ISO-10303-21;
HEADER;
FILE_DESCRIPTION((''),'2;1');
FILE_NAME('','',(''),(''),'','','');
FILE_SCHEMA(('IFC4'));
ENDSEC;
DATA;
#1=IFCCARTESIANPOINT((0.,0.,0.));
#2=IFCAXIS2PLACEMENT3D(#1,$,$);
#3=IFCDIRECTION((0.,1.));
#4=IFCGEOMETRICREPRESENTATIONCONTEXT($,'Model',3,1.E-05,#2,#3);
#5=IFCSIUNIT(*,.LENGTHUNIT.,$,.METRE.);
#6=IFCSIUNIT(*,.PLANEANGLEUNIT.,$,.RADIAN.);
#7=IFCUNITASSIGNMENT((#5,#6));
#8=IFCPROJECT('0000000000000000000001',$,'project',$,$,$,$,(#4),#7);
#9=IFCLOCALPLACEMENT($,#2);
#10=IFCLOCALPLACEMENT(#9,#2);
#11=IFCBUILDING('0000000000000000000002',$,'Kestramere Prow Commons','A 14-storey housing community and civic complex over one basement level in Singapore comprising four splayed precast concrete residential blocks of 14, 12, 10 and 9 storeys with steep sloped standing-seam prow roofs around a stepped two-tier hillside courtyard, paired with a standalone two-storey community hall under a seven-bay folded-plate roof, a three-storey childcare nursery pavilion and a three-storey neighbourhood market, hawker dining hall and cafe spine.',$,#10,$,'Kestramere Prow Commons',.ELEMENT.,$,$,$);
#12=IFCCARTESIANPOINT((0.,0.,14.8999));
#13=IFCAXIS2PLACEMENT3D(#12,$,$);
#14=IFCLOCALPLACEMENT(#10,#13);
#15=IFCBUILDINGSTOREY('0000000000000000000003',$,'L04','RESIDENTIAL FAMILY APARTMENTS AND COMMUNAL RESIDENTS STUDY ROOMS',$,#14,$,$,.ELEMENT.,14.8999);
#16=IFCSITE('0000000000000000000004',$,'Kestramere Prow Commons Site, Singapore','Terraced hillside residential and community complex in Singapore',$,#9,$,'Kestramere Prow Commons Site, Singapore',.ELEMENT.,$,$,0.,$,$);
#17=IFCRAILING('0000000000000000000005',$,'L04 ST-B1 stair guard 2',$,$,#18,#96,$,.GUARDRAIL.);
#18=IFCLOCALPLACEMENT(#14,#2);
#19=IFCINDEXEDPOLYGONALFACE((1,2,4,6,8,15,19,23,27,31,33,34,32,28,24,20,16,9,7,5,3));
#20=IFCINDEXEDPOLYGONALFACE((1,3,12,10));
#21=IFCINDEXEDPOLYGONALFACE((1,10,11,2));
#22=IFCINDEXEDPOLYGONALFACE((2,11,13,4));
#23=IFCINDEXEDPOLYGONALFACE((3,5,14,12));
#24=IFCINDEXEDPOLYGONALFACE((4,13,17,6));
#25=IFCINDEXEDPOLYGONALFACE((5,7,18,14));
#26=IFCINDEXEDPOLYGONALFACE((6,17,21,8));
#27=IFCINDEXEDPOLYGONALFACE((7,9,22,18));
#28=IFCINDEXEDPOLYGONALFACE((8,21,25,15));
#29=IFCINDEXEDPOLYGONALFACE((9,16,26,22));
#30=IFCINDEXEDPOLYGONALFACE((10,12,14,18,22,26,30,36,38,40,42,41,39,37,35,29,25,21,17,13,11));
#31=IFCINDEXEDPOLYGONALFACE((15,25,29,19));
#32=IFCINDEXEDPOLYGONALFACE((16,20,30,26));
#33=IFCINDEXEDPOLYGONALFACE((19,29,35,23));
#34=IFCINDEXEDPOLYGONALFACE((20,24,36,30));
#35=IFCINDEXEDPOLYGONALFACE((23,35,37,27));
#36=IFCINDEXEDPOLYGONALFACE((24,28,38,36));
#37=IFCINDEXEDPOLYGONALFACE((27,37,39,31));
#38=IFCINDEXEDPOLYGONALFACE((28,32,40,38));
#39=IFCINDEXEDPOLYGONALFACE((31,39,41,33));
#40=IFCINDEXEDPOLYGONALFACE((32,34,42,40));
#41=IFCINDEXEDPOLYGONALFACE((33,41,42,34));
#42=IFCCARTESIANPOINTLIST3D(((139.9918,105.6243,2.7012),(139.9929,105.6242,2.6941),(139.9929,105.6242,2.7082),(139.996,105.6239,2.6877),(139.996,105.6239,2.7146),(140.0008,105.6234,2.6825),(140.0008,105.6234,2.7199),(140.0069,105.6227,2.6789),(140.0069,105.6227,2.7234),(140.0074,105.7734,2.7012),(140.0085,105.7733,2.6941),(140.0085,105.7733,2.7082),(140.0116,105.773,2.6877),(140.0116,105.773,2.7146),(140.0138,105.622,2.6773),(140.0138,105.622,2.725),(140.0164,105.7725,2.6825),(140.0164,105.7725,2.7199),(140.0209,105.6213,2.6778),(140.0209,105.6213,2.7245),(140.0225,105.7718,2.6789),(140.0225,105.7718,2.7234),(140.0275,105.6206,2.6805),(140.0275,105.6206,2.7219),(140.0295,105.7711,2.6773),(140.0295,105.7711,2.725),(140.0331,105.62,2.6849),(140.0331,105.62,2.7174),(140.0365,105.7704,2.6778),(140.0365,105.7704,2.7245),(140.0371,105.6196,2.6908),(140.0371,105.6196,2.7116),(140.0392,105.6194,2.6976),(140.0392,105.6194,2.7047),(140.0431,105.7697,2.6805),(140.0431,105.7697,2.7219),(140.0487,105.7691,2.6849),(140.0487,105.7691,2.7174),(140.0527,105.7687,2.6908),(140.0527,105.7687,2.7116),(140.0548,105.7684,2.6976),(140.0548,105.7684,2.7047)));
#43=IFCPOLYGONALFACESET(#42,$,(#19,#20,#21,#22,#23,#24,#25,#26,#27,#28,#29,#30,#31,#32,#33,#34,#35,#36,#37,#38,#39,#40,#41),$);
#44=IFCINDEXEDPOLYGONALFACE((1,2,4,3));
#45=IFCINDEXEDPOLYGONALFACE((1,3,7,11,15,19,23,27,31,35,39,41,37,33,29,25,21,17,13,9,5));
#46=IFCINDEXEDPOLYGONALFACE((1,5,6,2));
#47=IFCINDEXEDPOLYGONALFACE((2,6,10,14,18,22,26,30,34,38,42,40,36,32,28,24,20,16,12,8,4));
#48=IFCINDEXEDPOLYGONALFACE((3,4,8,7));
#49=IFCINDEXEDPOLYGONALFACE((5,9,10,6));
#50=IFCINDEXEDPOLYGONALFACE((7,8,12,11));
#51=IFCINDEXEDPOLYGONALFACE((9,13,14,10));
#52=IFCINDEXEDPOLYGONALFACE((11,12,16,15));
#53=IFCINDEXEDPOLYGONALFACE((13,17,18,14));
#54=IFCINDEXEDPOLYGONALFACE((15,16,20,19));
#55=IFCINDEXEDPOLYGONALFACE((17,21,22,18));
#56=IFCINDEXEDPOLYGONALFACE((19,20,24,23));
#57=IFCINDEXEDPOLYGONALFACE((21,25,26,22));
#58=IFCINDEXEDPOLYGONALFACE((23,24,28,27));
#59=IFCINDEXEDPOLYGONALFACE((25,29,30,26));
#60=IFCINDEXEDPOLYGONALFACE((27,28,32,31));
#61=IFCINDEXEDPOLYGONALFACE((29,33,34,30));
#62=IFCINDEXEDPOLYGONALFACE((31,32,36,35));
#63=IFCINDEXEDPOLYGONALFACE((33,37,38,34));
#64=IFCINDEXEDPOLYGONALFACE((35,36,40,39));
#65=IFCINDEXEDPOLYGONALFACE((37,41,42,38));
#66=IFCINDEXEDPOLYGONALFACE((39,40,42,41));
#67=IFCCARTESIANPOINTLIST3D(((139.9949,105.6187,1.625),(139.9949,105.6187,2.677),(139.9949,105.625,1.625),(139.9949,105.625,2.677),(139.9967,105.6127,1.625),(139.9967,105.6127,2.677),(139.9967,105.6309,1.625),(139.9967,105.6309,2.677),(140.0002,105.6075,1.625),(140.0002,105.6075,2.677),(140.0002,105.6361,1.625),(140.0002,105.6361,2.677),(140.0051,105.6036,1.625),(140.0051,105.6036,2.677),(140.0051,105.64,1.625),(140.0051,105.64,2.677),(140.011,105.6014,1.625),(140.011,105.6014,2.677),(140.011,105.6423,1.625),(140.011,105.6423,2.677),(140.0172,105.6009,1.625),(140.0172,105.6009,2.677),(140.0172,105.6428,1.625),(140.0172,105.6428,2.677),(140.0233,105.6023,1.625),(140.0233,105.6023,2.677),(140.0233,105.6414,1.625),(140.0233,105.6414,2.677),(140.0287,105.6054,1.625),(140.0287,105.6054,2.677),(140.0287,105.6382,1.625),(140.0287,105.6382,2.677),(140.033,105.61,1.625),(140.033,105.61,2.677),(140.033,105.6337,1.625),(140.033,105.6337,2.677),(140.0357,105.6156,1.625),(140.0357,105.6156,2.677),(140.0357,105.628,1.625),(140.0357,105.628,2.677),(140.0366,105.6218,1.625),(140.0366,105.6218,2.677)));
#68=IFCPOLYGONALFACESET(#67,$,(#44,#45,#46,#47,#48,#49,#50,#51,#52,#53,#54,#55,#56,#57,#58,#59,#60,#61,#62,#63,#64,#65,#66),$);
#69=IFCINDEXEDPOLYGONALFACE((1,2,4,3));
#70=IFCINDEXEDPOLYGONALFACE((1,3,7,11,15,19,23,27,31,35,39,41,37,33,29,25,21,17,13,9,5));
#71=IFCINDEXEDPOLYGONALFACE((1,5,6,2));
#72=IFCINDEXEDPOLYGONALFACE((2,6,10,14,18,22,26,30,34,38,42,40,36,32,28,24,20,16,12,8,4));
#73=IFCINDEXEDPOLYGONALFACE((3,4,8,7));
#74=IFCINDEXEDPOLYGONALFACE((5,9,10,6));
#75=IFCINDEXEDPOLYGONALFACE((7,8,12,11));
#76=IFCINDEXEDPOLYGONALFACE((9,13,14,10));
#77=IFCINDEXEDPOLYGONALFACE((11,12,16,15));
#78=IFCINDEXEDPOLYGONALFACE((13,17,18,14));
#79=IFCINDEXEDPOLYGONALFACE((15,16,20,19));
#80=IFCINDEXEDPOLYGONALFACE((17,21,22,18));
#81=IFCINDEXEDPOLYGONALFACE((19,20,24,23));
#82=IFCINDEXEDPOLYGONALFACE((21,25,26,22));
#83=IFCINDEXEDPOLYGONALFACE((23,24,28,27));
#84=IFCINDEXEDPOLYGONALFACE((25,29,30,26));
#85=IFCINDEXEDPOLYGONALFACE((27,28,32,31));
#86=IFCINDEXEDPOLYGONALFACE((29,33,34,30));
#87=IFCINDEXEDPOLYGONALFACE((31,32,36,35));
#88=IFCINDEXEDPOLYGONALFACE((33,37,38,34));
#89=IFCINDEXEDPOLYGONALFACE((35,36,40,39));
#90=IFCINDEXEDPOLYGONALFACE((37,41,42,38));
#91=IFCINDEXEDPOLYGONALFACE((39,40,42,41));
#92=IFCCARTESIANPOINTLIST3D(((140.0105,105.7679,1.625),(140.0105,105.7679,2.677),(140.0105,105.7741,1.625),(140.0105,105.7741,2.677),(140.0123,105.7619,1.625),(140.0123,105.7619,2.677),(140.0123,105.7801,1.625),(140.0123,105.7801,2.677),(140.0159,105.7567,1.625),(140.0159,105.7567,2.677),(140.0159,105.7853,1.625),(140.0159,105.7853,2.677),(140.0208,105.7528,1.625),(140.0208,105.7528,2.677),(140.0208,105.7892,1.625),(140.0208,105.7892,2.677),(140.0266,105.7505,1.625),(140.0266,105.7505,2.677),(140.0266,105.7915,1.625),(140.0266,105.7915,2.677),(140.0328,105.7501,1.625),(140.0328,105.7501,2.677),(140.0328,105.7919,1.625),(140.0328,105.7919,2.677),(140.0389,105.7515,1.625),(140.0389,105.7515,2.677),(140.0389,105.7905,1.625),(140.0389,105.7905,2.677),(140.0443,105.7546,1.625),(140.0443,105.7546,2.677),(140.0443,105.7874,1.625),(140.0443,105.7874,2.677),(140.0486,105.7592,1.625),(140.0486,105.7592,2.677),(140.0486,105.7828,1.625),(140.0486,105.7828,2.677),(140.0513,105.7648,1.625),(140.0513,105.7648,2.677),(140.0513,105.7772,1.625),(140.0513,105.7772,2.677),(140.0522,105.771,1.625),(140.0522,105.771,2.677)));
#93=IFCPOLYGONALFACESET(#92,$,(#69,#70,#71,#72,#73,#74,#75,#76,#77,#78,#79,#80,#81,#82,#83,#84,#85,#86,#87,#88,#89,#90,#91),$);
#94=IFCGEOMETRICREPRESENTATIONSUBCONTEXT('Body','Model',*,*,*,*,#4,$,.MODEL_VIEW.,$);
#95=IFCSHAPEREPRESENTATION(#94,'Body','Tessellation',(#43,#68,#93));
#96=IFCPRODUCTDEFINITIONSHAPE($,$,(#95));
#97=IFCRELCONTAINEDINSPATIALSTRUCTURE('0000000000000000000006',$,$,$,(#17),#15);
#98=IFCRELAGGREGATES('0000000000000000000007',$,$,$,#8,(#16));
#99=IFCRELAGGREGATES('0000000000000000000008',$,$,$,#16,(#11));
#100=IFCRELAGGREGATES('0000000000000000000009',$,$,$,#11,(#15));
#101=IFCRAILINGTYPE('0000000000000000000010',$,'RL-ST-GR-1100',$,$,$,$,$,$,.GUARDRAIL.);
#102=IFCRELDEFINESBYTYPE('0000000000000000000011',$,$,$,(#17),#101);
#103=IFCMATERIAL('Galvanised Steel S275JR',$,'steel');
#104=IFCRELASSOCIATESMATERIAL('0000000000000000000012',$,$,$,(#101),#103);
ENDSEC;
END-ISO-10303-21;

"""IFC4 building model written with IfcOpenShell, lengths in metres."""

from ifc_helpers import new_model, si_unit, direction, frame, origin, origin_2d, place, context, subcontext, project, spatial, circle, extrude, material, type_object, element, save


model = new_model("IFC4")

# Units and contexts
model_context = context("Model", 3, precision=1e-05, world=origin(), true_north=direction((0.0, 1.0)))
body_context = subcontext(model_context, "Body", "Model", "MODEL_VIEW")
ifc_project = project(units=[si_unit("LENGTHUNIT", "METRE"), si_unit("PLANEANGLEUNIT", "RADIAN")], contexts=[model_context])

# Site, building, storey
site_placement = place(None, origin())
site = spatial("IfcSite", under=ifc_project, at=site_placement, Name="Kestramere Prow Commons Site, Singapore", Description="Terraced hillside residential and community complex in Singapore", LongName="Kestramere Prow Commons Site, Singapore", CompositionType="ELEMENT", RefElevation=0.0)
building_placement = place(site_placement, origin())
building = spatial("IfcBuilding", under=site, at=building_placement, Name="Kestramere Prow Commons", Description="A 14-storey housing community and civic complex over one basement level in Singapore comprising four splayed precast concrete residential blocks of 14, 12, 10 and 9 storeys with steep sloped standing-seam prow roofs around a stepped two-tier hillside courtyard, paired with a standalone two-storey community hall under a seven-bay folded-plate roof, a three-storey childcare nursery pavilion and a three-storey neighbourhood market, hawker dining hall and cafe spine.", LongName="Kestramere Prow Commons", CompositionType="ELEMENT")
storey_placement = place(building_placement, frame((0.0, 0.0, 14.8999)))
storey = spatial("IfcBuildingStorey", under=building, at=storey_placement, Name="L04", Description="RESIDENTIAL FAMILY APARTMENTS AND COMMUNAL RESIDENTS STUDY ROOMS", CompositionType="ELEMENT", Elevation=14.8999)

# Railing
ifc_material_1 = material(Name="Galvanised Steel S275JR", Category="steel")
railing_type_1 = type_object("IfcRailingType", Name="RL-ST-GR-1100", PredefinedType="GUARDRAIL", material=ifc_material_1)
railing_1_placement = place(storey_placement, frame((140.0156, 105.6218, 1.625)))
element("IfcRailing", 1, at=railing_1_placement, inside=storey, type_object=railing_type_1, Name="L04 ST-B1 stair guard 2", PredefinedType="GUARDRAIL", context=body_context, shape_type="SweptSolid", body=[
    extrude(circle(Radius=0.0239, at=origin_2d()), frame((0.0, 0.0, 1.0762), z_axis=(0.104176, 0.994559, 0.0), x_axis=(-0.994559, 0.104176, 0.0)), (0.0, 0.0, 1.0), 0.1499),
    extrude(circle(Radius=0.021, at=origin_2d()), origin(), (0.0, 0.0, 1.0), 1.052),
    extrude(circle(Radius=0.021, at=origin_2d()), frame((0.0156, 0.1492, 0.0)), (0.0, 0.0, 1.0), 1.052),
])

save(model, "model.ifc")
